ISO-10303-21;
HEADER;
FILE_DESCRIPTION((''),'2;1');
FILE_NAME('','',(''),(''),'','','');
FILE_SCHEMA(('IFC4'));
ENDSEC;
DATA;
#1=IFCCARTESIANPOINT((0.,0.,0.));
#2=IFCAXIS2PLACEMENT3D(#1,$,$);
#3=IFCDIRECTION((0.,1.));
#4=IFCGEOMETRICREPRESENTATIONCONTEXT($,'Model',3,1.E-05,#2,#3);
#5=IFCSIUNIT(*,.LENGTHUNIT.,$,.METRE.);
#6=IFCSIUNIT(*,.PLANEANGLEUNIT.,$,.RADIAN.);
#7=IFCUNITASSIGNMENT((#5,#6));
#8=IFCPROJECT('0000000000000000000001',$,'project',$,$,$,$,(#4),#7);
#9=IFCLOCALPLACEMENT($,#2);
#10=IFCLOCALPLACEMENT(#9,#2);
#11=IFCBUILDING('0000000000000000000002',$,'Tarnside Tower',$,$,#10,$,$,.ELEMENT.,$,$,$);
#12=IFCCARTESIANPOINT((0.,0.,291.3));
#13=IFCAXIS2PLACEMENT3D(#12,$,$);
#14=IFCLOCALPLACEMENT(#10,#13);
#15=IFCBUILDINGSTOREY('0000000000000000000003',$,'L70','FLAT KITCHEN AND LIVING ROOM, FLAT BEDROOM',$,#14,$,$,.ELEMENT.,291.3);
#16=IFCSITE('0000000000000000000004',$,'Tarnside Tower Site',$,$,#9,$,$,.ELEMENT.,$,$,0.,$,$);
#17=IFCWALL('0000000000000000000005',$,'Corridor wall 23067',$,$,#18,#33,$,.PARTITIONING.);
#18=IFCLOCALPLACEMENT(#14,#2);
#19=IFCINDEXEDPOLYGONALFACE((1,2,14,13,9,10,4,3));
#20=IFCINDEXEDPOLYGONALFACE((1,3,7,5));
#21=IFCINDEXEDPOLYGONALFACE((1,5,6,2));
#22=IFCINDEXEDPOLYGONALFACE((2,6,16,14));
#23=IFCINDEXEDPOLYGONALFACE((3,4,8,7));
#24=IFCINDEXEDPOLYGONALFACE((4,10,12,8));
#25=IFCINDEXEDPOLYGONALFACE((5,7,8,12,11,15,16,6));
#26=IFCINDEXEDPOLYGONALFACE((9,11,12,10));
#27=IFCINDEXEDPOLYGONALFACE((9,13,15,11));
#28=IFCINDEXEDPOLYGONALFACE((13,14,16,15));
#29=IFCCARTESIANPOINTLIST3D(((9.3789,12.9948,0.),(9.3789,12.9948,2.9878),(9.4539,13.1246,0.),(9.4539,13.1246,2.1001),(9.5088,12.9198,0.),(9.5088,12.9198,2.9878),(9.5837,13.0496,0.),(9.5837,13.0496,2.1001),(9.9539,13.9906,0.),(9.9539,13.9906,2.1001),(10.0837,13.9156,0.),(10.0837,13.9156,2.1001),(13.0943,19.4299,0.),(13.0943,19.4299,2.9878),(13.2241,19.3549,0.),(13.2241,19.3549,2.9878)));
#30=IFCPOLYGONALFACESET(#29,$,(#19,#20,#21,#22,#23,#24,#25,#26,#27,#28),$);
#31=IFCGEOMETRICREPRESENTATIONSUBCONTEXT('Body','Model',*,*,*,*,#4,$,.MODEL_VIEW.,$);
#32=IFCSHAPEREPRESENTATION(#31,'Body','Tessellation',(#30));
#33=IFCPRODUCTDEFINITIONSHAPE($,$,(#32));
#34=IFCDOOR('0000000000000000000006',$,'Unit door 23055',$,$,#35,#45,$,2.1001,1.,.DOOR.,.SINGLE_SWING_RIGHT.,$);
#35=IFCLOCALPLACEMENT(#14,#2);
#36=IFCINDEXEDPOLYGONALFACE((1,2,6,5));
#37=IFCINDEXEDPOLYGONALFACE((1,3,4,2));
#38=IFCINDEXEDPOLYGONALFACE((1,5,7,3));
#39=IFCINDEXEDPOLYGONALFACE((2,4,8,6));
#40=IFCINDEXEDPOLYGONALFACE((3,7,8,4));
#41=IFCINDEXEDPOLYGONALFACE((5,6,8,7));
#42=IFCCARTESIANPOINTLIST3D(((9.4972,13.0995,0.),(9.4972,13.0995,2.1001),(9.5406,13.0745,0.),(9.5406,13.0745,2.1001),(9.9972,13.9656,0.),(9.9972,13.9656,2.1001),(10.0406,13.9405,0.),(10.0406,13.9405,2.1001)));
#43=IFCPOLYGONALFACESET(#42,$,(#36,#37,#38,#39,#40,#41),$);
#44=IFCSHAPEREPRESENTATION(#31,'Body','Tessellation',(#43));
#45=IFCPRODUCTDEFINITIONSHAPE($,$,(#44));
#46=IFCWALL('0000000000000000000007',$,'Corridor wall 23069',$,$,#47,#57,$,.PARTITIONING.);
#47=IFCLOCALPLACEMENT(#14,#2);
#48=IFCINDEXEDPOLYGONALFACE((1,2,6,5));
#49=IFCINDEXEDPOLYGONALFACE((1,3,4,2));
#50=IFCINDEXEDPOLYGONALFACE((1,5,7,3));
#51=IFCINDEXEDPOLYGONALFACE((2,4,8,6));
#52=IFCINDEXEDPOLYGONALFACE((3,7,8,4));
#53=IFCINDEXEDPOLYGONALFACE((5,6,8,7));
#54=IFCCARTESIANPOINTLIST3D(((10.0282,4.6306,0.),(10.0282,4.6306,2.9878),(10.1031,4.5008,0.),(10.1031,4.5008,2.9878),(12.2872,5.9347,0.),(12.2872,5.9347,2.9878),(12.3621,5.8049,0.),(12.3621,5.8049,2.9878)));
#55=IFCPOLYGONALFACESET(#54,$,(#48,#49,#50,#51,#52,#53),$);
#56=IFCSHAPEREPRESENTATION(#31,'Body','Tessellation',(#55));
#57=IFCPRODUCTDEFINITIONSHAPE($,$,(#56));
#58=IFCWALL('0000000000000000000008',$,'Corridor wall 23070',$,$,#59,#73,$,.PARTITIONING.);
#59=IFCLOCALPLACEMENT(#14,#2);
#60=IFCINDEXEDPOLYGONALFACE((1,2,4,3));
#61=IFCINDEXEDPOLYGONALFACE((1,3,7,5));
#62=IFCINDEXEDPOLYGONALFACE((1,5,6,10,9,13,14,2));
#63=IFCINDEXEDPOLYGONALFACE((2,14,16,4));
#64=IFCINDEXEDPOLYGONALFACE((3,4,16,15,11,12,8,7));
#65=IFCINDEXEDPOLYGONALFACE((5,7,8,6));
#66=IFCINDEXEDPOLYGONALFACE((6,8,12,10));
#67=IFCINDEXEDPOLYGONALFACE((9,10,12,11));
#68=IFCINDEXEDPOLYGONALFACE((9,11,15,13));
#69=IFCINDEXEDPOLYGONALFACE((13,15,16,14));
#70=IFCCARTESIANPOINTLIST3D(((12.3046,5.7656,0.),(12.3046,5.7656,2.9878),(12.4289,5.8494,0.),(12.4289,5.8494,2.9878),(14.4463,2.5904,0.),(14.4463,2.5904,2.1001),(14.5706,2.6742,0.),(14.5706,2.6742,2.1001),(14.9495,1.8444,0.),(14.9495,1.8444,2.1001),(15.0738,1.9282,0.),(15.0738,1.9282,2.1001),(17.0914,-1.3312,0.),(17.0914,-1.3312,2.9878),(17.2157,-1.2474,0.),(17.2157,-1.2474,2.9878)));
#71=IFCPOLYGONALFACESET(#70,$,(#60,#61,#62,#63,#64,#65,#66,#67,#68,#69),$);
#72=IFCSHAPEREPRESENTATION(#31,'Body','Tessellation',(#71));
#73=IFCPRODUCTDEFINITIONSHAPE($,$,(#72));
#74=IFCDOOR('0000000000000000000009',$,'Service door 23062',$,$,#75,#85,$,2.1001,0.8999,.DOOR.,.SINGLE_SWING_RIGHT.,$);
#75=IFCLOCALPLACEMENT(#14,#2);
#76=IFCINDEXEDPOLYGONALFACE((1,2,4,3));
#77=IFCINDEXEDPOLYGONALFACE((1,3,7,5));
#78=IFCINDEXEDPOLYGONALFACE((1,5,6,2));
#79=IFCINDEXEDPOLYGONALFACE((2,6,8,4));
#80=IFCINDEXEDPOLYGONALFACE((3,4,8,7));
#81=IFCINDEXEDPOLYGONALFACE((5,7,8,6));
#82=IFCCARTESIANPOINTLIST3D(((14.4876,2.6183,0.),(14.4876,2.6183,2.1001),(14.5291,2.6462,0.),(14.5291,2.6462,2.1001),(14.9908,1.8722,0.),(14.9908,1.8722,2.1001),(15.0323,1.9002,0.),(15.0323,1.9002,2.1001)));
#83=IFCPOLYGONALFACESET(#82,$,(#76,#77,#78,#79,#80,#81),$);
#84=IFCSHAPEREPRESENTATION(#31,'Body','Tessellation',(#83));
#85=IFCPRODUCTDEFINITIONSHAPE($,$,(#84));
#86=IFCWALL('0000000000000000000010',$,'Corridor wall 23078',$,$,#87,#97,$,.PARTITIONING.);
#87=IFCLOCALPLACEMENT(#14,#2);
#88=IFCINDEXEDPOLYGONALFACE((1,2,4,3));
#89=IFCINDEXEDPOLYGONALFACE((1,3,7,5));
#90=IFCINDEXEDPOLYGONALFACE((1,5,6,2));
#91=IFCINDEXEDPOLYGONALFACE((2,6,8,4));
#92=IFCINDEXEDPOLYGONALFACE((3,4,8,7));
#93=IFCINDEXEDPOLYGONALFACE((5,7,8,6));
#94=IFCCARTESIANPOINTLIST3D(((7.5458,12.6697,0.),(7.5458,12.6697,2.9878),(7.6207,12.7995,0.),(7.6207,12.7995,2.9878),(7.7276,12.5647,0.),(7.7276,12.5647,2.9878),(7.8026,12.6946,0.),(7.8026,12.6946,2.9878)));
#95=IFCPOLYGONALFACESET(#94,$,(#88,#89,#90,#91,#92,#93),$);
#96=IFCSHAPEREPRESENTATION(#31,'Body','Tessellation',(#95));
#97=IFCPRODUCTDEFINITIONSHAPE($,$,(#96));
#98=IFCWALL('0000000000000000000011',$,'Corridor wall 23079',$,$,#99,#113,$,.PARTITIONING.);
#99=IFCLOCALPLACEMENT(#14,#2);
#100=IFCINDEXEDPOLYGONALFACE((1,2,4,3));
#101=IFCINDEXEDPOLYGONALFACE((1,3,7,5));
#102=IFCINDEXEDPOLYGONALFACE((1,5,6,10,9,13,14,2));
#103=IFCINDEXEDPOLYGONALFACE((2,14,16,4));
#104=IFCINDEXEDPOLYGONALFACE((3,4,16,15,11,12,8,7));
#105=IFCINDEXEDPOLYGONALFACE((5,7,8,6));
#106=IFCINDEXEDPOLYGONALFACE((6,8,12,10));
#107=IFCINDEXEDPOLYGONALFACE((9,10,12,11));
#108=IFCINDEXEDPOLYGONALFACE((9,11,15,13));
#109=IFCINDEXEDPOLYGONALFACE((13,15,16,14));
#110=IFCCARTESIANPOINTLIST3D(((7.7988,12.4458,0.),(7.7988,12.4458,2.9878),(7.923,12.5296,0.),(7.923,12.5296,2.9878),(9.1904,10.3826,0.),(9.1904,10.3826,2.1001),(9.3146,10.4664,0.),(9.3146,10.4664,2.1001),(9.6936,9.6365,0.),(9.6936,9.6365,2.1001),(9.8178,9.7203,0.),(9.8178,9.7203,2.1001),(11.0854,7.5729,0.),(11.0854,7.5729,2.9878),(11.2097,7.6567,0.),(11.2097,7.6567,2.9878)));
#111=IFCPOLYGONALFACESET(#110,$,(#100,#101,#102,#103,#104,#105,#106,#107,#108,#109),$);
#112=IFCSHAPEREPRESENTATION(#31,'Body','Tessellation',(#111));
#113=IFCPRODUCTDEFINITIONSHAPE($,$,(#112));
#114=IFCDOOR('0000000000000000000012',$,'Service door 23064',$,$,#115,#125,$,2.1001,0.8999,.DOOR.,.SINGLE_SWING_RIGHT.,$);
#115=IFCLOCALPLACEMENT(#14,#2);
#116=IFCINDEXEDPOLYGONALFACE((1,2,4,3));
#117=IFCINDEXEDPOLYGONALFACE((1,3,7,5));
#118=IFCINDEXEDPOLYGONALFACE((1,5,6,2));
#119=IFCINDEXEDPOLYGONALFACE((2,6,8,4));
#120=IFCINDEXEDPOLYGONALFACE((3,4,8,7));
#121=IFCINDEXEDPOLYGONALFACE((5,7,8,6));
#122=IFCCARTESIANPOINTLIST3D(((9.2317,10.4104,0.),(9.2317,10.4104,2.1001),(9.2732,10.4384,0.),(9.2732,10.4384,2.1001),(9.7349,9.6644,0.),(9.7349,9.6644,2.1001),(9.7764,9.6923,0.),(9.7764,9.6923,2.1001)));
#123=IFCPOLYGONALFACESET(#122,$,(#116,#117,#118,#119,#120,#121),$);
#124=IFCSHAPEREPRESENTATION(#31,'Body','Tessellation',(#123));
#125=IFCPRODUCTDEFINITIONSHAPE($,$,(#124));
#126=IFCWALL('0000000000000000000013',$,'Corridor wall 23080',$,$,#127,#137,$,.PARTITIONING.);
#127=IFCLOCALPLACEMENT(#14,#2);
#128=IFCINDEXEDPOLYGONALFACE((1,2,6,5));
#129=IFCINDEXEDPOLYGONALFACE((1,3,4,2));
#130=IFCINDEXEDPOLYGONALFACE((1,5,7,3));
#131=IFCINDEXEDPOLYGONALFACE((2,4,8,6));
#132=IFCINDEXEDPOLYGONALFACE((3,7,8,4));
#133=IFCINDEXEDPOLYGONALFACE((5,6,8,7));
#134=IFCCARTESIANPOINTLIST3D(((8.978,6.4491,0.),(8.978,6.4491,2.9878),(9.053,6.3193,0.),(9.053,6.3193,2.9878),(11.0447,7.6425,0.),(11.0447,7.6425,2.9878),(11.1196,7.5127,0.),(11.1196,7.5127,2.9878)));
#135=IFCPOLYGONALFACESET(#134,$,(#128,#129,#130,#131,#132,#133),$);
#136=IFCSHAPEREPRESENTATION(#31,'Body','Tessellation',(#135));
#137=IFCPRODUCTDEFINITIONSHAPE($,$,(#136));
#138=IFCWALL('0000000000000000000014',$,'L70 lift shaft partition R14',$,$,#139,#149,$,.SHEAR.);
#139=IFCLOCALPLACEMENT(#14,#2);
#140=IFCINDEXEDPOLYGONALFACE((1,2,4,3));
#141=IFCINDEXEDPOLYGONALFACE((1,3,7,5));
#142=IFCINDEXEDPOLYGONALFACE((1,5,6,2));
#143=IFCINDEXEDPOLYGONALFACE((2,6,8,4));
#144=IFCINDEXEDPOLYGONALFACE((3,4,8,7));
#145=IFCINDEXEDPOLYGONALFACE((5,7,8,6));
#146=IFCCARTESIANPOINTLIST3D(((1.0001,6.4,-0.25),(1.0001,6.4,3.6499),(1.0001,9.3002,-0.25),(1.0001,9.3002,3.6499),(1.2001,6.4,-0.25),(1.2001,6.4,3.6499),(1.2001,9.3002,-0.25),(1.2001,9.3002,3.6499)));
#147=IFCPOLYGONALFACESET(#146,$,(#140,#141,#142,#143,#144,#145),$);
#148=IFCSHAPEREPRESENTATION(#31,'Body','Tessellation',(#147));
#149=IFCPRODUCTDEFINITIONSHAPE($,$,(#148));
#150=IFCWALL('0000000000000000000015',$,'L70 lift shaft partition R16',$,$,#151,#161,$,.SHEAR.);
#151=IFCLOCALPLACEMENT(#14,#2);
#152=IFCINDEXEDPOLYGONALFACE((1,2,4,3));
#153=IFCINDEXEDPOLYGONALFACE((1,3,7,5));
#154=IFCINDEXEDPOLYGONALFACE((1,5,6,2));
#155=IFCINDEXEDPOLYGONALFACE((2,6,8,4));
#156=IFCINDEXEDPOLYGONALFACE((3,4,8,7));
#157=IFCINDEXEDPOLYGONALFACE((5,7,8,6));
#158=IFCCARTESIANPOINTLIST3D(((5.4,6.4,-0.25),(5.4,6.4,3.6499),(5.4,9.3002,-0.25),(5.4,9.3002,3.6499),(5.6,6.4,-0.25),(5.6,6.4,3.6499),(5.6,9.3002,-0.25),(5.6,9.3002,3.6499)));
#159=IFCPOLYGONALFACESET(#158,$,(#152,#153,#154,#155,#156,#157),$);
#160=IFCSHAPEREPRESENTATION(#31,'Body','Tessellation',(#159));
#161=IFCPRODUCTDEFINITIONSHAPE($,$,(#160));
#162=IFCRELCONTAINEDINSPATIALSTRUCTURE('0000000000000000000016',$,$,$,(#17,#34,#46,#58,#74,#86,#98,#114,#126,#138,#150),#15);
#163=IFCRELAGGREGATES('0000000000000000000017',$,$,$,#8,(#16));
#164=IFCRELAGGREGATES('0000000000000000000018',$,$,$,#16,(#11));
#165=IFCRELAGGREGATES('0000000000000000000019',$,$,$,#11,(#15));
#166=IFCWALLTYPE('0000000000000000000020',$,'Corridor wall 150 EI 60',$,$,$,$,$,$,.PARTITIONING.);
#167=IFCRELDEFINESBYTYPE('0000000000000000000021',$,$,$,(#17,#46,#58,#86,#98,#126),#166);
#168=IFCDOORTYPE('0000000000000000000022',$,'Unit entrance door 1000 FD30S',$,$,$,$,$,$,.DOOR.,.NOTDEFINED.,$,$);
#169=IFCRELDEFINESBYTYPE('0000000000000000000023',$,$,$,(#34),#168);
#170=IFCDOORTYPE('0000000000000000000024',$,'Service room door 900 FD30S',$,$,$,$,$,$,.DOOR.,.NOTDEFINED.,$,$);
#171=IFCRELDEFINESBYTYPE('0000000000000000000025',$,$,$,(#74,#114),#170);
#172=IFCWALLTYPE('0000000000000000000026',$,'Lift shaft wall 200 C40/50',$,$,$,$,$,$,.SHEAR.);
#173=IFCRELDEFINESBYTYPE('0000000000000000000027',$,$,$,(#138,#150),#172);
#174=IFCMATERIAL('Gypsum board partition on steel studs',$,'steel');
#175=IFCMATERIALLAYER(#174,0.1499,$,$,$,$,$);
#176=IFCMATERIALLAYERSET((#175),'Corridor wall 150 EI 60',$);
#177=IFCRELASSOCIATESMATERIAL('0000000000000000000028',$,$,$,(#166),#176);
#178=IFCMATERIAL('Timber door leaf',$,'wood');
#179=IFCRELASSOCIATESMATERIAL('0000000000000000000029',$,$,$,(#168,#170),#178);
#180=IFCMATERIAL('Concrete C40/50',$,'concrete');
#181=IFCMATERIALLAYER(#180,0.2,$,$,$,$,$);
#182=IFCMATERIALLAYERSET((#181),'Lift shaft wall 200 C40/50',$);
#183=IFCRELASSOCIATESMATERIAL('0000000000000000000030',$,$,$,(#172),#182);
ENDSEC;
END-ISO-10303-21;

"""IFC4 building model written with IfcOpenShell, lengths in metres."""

from ifc_helpers import new_model, si_unit, direction, frame, frame_2d, origin, place, context, subcontext, project, spatial, rectangle, extrude, material, layer, layer_set, type_object, element, fill, save


model = new_model("IFC4")

# Units and contexts
model_context = context("Model", 3, precision=1e-05, world=origin(), true_north=direction((0.0, 1.0)))
body_context = subcontext(model_context, "Body", "Model", "MODEL_VIEW")
ifc_project = project(units=[si_unit("LENGTHUNIT", "METRE"), si_unit("PLANEANGLEUNIT", "RADIAN")], contexts=[model_context])

# Site, building, storey
site_placement = place(None, origin())
site = spatial("IfcSite", under=ifc_project, at=site_placement, Name="Tarnside Tower Site", CompositionType="ELEMENT", RefElevation=0.0)
building_placement = place(site_placement, origin())
building = spatial("IfcBuilding", under=site, at=building_placement, Name="Tarnside Tower", CompositionType="ELEMENT")
storey_placement = place(building_placement, frame((0.0, 0.0, 291.3)))
storey = spatial("IfcBuildingStorey", under=building, at=storey_placement, Name="L70", Description="FLAT KITCHEN AND LIVING ROOM, FLAT BEDROOM", CompositionType="ELEMENT", Elevation=291.3)

# Shared definitions
ifc_material_1 = material(Name="Concrete C40/50", Category="concrete")

# Shared definitions
ifc_material_2 = material(Name="Gypsum board partition on steel studs", Category="steel")
ifc_layer_1 = layer(ifc_material_2, 0.1499)
ifc_layer_set_1 = layer_set([ifc_layer_1], Name="Corridor wall 150 EI 60")
wall_type_1 = type_object("IfcWallType", Name="Corridor wall 150 EI 60", PredefinedType="PARTITIONING", material=ifc_layer_set_1)

# Wall, opening, door
wall_1_placement = place(storey_placement, frame((9.4438, 12.9573, 0.0), z_axis=(0.0, 0.0, 1.0), x_axis=(0.500005, 0.866023, 0.0)))
wall_1 = element("IfcWall", 1, at=wall_1_placement, inside=storey, type_object=wall_type_1, Name="Corridor wall 23067", PredefinedType="PARTITIONING", context=body_context, shape_type="SweptSolid", body=[
    extrude(rectangle(XDim=7.4307, YDim=0.1499, at=frame_2d((3.7153, 0.0))), origin(), (0.0, 0.0, 1.0), 2.9878),
])
opening_1_placement = place(wall_1_placement, frame((0.1499, 0.0, 0.0)))
opening_1 = element("IfcOpeningElement", 2, at=opening_1_placement, cuts=wall_1, PredefinedType="OPENING", context=body_context, shape_type="SweptSolid", body=[
    extrude(rectangle(XDim=1.0, YDim=2.1001, at=frame_2d((0.5, 1.05))), frame((0.0, 0.085, 0.0), z_axis=(0.0, -1.0, 0.0), x_axis=(1.0, 0.0, 0.0)), (0.0, 0.0, 1.0), 0.1699),
])
ifc_material_3 = material(Name="Timber door leaf", Category="wood")
door_type_1 = type_object("IfcDoorType", Name="Unit entrance door 1000 FD30S", OperationType="NOTDEFINED", PredefinedType="DOOR", material=ifc_material_3)
door_1_placement = place(opening_1_placement, origin())
door_1 = element("IfcDoor", 3, at=door_1_placement, inside=storey, type_object=door_type_1, Name="Unit door 23055", OperationType="SINGLE_SWING_RIGHT", OverallHeight=2.1001, OverallWidth=1.0, PredefinedType="DOOR", context=body_context, shape_type="SweptSolid", body=[
    extrude(rectangle(XDim=1.0, YDim=2.1001, at=frame_2d((0.5, 1.05))), frame((0.0, 0.0249, 0.0), z_axis=(0.0, -1.0, 0.0), x_axis=(1.0, 0.0, 0.0)), (0.0, 0.0, 1.0), 0.05),
])
fill(opening_1, door_1)

# Wall
wall_2_placement = place(storey_placement, frame((10.0657, 4.5657, 0.0), z_axis=(0.0, 0.0, 1.0), x_axis=(0.866034, 0.499984, 0.0)))
element("IfcWall", 4, at=wall_2_placement, inside=storey, type_object=wall_type_1, Name="Corridor wall 23069", PredefinedType="PARTITIONING", context=body_context, shape_type="SweptSolid", body=[
    extrude(rectangle(XDim=2.6084, YDim=0.1499, at=frame_2d((1.3042, 0.0))), origin(), (0.0, 0.0, 1.0), 2.9878),
])

# Wall, opening, door
wall_3_placement = place(storey_placement, frame((12.3667, 5.8076, 0.0), z_axis=(0.0, 0.0, 1.0), x_axis=(0.559187, -0.829041, 0.0)))
wall_3 = element("IfcWall", 5, at=wall_3_placement, inside=storey, type_object=wall_type_1, Name="Corridor wall 23070", PredefinedType="PARTITIONING", context=body_context, shape_type="SweptSolid", body=[
    extrude(rectangle(XDim=8.5603, YDim=0.1499, at=frame_2d((4.2803, 0.0))), origin(), (0.0, 0.0, 1.0), 2.9878),
])
opening_2_placement = place(wall_3_placement, frame((3.8301, 0.0, 0.0)))
opening_2 = element("IfcOpeningElement", 6, at=opening_2_placement, cuts=wall_3, PredefinedType="OPENING", context=body_context, shape_type="SweptSolid", body=[
    extrude(rectangle(XDim=0.8999, YDim=2.1001, at=frame_2d((0.45, 1.05))), frame((0.0, 0.085, 0.0), z_axis=(0.0, -1.0, 0.0), x_axis=(1.0, 0.0, 0.0)), (0.0, 0.0, 1.0), 0.1699),
])
door_type_2 = type_object("IfcDoorType", Name="Service room door 900 FD30S", OperationType="NOTDEFINED", PredefinedType="DOOR", material=ifc_material_3)
door_2_placement = place(opening_2_placement, origin())
door_2 = element("IfcDoor", 7, at=door_2_placement, inside=storey, type_object=door_type_2, Name="Service door 23062", OperationType="SINGLE_SWING_RIGHT", OverallHeight=2.1001, OverallWidth=0.8999, PredefinedType="DOOR", context=body_context, shape_type="SweptSolid", body=[
    extrude(rectangle(XDim=0.8999, YDim=2.1001, at=frame_2d((0.45, 1.05))), frame((0.0, 0.0249, 0.0), z_axis=(0.0, -1.0, 0.0), x_axis=(1.0, 0.0, 0.0)), (0.0, 0.0, 1.0), 0.05),
])
fill(opening_2, door_2)

# Wall
wall_4_placement = place(storey_placement, frame((7.5833, 12.7346, 0.0), z_axis=(0.0, 0.0, 1.0), x_axis=(0.866089, -0.49989, 0.0)))
element("IfcWall", 8, at=wall_4_placement, inside=storey, type_object=wall_type_1, Name="Corridor wall 23078", PredefinedType="PARTITIONING", context=body_context, shape_type="SweptSolid", body=[
    extrude(rectangle(XDim=0.21, YDim=0.1499, at=frame_2d((0.105, 0.0))), origin(), (0.0, 0.0, 1.0), 2.9878),
])

# Wall, opening, door
wall_5_placement = place(storey_placement, frame((7.8608, 12.4878, 0.0), z_axis=(0.0, 0.0, 1.0), x_axis=(0.559178, -0.829047, 0.0)))
wall_5 = element("IfcWall", 9, at=wall_5_placement, inside=storey, type_object=wall_type_1, Name="Corridor wall 23079", PredefinedType="PARTITIONING", context=body_context, shape_type="SweptSolid", body=[
    extrude(rectangle(XDim=5.8777, YDim=0.1499, at=frame_2d((2.939, 0.0))), origin(), (0.0, 0.0, 1.0), 2.9878),
])
opening_3_placement = place(wall_5_placement, frame((2.4888, 0.0, 0.0)))
opening_3 = element("IfcOpeningElement", 10, at=opening_3_placement, cuts=wall_5, PredefinedType="OPENING", context=body_context, shape_type="SweptSolid", body=[
    extrude(rectangle(XDim=0.8999, YDim=2.1001, at=frame_2d((0.45, 1.05))), frame((0.0, 0.085, 0.0), z_axis=(0.0, -1.0, 0.0), x_axis=(1.0, 0.0, 0.0)), (0.0, 0.0, 1.0), 0.1699),
])
door_3_placement = place(opening_3_placement, origin())
door_3 = element("IfcDoor", 11, at=door_3_placement, inside=storey, type_object=door_type_2, Name="Service door 23064", OperationType="SINGLE_SWING_RIGHT", OverallHeight=2.1001, OverallWidth=0.8999, PredefinedType="DOOR", context=body_context, shape_type="SweptSolid", body=[
    extrude(rectangle(XDim=0.8999, YDim=2.1001, at=frame_2d((0.45, 1.05))), frame((0.0, 0.0249, 0.0), z_axis=(0.0, -1.0, 0.0), x_axis=(1.0, 0.0, 0.0)), (0.0, 0.0, 1.0), 0.05),
])
fill(opening_3, door_3)

# Walls
wall_6_placement = place(storey_placement, frame((11.0823, 7.5776, 0.0), z_axis=(0.0, 0.0, 1.0), x_axis=(-0.865993, -0.500056, 0.0)))
element("IfcWall", 12, at=wall_6_placement, inside=storey, type_object=wall_type_1, Name="Corridor wall 23080", PredefinedType="PARTITIONING", context=body_context, shape_type="SweptSolid", body=[
    extrude(rectangle(XDim=2.3865, YDim=0.1499, at=frame_2d((1.1934, 0.0))), origin(), (0.0, 0.0, 1.0), 2.9878),
])
ifc_layer_2 = layer(ifc_material_1, 0.2)
ifc_layer_set_2 = layer_set([ifc_layer_2], Name="Lift shaft wall 200 C40/50")
wall_type_2 = type_object("IfcWallType", Name="Lift shaft wall 200 C40/50", PredefinedType="SHEAR", material=ifc_layer_set_2)
for number, where, z_axis, x_axis, name in (
    (13, (1.1001, 6.3999, -0.25), (0.0, 0.0, 1.0), (0.0, 1.0, 0.0), "L70 lift shaft partition R14"),
    (14, (5.5, 6.3999, -0.25), (0.0, 0.0, 1.0), (0.0, 1.0, 0.0), "L70 lift shaft partition R16"),
):
    element("IfcWall", number, at=place(storey_placement, frame(where, z_axis=z_axis, x_axis=x_axis)), inside=storey, type_object=wall_type_2, Name=name, PredefinedType="SHEAR", context=body_context, shape_type="SweptSolid", body=[
        extrude(rectangle(XDim=2.9001, YDim=0.2, at=frame_2d((1.4502, 0.0))), origin(), (0.0, 0.0, 1.0), 3.8999),
    ])

save(model, "model.ifc")
